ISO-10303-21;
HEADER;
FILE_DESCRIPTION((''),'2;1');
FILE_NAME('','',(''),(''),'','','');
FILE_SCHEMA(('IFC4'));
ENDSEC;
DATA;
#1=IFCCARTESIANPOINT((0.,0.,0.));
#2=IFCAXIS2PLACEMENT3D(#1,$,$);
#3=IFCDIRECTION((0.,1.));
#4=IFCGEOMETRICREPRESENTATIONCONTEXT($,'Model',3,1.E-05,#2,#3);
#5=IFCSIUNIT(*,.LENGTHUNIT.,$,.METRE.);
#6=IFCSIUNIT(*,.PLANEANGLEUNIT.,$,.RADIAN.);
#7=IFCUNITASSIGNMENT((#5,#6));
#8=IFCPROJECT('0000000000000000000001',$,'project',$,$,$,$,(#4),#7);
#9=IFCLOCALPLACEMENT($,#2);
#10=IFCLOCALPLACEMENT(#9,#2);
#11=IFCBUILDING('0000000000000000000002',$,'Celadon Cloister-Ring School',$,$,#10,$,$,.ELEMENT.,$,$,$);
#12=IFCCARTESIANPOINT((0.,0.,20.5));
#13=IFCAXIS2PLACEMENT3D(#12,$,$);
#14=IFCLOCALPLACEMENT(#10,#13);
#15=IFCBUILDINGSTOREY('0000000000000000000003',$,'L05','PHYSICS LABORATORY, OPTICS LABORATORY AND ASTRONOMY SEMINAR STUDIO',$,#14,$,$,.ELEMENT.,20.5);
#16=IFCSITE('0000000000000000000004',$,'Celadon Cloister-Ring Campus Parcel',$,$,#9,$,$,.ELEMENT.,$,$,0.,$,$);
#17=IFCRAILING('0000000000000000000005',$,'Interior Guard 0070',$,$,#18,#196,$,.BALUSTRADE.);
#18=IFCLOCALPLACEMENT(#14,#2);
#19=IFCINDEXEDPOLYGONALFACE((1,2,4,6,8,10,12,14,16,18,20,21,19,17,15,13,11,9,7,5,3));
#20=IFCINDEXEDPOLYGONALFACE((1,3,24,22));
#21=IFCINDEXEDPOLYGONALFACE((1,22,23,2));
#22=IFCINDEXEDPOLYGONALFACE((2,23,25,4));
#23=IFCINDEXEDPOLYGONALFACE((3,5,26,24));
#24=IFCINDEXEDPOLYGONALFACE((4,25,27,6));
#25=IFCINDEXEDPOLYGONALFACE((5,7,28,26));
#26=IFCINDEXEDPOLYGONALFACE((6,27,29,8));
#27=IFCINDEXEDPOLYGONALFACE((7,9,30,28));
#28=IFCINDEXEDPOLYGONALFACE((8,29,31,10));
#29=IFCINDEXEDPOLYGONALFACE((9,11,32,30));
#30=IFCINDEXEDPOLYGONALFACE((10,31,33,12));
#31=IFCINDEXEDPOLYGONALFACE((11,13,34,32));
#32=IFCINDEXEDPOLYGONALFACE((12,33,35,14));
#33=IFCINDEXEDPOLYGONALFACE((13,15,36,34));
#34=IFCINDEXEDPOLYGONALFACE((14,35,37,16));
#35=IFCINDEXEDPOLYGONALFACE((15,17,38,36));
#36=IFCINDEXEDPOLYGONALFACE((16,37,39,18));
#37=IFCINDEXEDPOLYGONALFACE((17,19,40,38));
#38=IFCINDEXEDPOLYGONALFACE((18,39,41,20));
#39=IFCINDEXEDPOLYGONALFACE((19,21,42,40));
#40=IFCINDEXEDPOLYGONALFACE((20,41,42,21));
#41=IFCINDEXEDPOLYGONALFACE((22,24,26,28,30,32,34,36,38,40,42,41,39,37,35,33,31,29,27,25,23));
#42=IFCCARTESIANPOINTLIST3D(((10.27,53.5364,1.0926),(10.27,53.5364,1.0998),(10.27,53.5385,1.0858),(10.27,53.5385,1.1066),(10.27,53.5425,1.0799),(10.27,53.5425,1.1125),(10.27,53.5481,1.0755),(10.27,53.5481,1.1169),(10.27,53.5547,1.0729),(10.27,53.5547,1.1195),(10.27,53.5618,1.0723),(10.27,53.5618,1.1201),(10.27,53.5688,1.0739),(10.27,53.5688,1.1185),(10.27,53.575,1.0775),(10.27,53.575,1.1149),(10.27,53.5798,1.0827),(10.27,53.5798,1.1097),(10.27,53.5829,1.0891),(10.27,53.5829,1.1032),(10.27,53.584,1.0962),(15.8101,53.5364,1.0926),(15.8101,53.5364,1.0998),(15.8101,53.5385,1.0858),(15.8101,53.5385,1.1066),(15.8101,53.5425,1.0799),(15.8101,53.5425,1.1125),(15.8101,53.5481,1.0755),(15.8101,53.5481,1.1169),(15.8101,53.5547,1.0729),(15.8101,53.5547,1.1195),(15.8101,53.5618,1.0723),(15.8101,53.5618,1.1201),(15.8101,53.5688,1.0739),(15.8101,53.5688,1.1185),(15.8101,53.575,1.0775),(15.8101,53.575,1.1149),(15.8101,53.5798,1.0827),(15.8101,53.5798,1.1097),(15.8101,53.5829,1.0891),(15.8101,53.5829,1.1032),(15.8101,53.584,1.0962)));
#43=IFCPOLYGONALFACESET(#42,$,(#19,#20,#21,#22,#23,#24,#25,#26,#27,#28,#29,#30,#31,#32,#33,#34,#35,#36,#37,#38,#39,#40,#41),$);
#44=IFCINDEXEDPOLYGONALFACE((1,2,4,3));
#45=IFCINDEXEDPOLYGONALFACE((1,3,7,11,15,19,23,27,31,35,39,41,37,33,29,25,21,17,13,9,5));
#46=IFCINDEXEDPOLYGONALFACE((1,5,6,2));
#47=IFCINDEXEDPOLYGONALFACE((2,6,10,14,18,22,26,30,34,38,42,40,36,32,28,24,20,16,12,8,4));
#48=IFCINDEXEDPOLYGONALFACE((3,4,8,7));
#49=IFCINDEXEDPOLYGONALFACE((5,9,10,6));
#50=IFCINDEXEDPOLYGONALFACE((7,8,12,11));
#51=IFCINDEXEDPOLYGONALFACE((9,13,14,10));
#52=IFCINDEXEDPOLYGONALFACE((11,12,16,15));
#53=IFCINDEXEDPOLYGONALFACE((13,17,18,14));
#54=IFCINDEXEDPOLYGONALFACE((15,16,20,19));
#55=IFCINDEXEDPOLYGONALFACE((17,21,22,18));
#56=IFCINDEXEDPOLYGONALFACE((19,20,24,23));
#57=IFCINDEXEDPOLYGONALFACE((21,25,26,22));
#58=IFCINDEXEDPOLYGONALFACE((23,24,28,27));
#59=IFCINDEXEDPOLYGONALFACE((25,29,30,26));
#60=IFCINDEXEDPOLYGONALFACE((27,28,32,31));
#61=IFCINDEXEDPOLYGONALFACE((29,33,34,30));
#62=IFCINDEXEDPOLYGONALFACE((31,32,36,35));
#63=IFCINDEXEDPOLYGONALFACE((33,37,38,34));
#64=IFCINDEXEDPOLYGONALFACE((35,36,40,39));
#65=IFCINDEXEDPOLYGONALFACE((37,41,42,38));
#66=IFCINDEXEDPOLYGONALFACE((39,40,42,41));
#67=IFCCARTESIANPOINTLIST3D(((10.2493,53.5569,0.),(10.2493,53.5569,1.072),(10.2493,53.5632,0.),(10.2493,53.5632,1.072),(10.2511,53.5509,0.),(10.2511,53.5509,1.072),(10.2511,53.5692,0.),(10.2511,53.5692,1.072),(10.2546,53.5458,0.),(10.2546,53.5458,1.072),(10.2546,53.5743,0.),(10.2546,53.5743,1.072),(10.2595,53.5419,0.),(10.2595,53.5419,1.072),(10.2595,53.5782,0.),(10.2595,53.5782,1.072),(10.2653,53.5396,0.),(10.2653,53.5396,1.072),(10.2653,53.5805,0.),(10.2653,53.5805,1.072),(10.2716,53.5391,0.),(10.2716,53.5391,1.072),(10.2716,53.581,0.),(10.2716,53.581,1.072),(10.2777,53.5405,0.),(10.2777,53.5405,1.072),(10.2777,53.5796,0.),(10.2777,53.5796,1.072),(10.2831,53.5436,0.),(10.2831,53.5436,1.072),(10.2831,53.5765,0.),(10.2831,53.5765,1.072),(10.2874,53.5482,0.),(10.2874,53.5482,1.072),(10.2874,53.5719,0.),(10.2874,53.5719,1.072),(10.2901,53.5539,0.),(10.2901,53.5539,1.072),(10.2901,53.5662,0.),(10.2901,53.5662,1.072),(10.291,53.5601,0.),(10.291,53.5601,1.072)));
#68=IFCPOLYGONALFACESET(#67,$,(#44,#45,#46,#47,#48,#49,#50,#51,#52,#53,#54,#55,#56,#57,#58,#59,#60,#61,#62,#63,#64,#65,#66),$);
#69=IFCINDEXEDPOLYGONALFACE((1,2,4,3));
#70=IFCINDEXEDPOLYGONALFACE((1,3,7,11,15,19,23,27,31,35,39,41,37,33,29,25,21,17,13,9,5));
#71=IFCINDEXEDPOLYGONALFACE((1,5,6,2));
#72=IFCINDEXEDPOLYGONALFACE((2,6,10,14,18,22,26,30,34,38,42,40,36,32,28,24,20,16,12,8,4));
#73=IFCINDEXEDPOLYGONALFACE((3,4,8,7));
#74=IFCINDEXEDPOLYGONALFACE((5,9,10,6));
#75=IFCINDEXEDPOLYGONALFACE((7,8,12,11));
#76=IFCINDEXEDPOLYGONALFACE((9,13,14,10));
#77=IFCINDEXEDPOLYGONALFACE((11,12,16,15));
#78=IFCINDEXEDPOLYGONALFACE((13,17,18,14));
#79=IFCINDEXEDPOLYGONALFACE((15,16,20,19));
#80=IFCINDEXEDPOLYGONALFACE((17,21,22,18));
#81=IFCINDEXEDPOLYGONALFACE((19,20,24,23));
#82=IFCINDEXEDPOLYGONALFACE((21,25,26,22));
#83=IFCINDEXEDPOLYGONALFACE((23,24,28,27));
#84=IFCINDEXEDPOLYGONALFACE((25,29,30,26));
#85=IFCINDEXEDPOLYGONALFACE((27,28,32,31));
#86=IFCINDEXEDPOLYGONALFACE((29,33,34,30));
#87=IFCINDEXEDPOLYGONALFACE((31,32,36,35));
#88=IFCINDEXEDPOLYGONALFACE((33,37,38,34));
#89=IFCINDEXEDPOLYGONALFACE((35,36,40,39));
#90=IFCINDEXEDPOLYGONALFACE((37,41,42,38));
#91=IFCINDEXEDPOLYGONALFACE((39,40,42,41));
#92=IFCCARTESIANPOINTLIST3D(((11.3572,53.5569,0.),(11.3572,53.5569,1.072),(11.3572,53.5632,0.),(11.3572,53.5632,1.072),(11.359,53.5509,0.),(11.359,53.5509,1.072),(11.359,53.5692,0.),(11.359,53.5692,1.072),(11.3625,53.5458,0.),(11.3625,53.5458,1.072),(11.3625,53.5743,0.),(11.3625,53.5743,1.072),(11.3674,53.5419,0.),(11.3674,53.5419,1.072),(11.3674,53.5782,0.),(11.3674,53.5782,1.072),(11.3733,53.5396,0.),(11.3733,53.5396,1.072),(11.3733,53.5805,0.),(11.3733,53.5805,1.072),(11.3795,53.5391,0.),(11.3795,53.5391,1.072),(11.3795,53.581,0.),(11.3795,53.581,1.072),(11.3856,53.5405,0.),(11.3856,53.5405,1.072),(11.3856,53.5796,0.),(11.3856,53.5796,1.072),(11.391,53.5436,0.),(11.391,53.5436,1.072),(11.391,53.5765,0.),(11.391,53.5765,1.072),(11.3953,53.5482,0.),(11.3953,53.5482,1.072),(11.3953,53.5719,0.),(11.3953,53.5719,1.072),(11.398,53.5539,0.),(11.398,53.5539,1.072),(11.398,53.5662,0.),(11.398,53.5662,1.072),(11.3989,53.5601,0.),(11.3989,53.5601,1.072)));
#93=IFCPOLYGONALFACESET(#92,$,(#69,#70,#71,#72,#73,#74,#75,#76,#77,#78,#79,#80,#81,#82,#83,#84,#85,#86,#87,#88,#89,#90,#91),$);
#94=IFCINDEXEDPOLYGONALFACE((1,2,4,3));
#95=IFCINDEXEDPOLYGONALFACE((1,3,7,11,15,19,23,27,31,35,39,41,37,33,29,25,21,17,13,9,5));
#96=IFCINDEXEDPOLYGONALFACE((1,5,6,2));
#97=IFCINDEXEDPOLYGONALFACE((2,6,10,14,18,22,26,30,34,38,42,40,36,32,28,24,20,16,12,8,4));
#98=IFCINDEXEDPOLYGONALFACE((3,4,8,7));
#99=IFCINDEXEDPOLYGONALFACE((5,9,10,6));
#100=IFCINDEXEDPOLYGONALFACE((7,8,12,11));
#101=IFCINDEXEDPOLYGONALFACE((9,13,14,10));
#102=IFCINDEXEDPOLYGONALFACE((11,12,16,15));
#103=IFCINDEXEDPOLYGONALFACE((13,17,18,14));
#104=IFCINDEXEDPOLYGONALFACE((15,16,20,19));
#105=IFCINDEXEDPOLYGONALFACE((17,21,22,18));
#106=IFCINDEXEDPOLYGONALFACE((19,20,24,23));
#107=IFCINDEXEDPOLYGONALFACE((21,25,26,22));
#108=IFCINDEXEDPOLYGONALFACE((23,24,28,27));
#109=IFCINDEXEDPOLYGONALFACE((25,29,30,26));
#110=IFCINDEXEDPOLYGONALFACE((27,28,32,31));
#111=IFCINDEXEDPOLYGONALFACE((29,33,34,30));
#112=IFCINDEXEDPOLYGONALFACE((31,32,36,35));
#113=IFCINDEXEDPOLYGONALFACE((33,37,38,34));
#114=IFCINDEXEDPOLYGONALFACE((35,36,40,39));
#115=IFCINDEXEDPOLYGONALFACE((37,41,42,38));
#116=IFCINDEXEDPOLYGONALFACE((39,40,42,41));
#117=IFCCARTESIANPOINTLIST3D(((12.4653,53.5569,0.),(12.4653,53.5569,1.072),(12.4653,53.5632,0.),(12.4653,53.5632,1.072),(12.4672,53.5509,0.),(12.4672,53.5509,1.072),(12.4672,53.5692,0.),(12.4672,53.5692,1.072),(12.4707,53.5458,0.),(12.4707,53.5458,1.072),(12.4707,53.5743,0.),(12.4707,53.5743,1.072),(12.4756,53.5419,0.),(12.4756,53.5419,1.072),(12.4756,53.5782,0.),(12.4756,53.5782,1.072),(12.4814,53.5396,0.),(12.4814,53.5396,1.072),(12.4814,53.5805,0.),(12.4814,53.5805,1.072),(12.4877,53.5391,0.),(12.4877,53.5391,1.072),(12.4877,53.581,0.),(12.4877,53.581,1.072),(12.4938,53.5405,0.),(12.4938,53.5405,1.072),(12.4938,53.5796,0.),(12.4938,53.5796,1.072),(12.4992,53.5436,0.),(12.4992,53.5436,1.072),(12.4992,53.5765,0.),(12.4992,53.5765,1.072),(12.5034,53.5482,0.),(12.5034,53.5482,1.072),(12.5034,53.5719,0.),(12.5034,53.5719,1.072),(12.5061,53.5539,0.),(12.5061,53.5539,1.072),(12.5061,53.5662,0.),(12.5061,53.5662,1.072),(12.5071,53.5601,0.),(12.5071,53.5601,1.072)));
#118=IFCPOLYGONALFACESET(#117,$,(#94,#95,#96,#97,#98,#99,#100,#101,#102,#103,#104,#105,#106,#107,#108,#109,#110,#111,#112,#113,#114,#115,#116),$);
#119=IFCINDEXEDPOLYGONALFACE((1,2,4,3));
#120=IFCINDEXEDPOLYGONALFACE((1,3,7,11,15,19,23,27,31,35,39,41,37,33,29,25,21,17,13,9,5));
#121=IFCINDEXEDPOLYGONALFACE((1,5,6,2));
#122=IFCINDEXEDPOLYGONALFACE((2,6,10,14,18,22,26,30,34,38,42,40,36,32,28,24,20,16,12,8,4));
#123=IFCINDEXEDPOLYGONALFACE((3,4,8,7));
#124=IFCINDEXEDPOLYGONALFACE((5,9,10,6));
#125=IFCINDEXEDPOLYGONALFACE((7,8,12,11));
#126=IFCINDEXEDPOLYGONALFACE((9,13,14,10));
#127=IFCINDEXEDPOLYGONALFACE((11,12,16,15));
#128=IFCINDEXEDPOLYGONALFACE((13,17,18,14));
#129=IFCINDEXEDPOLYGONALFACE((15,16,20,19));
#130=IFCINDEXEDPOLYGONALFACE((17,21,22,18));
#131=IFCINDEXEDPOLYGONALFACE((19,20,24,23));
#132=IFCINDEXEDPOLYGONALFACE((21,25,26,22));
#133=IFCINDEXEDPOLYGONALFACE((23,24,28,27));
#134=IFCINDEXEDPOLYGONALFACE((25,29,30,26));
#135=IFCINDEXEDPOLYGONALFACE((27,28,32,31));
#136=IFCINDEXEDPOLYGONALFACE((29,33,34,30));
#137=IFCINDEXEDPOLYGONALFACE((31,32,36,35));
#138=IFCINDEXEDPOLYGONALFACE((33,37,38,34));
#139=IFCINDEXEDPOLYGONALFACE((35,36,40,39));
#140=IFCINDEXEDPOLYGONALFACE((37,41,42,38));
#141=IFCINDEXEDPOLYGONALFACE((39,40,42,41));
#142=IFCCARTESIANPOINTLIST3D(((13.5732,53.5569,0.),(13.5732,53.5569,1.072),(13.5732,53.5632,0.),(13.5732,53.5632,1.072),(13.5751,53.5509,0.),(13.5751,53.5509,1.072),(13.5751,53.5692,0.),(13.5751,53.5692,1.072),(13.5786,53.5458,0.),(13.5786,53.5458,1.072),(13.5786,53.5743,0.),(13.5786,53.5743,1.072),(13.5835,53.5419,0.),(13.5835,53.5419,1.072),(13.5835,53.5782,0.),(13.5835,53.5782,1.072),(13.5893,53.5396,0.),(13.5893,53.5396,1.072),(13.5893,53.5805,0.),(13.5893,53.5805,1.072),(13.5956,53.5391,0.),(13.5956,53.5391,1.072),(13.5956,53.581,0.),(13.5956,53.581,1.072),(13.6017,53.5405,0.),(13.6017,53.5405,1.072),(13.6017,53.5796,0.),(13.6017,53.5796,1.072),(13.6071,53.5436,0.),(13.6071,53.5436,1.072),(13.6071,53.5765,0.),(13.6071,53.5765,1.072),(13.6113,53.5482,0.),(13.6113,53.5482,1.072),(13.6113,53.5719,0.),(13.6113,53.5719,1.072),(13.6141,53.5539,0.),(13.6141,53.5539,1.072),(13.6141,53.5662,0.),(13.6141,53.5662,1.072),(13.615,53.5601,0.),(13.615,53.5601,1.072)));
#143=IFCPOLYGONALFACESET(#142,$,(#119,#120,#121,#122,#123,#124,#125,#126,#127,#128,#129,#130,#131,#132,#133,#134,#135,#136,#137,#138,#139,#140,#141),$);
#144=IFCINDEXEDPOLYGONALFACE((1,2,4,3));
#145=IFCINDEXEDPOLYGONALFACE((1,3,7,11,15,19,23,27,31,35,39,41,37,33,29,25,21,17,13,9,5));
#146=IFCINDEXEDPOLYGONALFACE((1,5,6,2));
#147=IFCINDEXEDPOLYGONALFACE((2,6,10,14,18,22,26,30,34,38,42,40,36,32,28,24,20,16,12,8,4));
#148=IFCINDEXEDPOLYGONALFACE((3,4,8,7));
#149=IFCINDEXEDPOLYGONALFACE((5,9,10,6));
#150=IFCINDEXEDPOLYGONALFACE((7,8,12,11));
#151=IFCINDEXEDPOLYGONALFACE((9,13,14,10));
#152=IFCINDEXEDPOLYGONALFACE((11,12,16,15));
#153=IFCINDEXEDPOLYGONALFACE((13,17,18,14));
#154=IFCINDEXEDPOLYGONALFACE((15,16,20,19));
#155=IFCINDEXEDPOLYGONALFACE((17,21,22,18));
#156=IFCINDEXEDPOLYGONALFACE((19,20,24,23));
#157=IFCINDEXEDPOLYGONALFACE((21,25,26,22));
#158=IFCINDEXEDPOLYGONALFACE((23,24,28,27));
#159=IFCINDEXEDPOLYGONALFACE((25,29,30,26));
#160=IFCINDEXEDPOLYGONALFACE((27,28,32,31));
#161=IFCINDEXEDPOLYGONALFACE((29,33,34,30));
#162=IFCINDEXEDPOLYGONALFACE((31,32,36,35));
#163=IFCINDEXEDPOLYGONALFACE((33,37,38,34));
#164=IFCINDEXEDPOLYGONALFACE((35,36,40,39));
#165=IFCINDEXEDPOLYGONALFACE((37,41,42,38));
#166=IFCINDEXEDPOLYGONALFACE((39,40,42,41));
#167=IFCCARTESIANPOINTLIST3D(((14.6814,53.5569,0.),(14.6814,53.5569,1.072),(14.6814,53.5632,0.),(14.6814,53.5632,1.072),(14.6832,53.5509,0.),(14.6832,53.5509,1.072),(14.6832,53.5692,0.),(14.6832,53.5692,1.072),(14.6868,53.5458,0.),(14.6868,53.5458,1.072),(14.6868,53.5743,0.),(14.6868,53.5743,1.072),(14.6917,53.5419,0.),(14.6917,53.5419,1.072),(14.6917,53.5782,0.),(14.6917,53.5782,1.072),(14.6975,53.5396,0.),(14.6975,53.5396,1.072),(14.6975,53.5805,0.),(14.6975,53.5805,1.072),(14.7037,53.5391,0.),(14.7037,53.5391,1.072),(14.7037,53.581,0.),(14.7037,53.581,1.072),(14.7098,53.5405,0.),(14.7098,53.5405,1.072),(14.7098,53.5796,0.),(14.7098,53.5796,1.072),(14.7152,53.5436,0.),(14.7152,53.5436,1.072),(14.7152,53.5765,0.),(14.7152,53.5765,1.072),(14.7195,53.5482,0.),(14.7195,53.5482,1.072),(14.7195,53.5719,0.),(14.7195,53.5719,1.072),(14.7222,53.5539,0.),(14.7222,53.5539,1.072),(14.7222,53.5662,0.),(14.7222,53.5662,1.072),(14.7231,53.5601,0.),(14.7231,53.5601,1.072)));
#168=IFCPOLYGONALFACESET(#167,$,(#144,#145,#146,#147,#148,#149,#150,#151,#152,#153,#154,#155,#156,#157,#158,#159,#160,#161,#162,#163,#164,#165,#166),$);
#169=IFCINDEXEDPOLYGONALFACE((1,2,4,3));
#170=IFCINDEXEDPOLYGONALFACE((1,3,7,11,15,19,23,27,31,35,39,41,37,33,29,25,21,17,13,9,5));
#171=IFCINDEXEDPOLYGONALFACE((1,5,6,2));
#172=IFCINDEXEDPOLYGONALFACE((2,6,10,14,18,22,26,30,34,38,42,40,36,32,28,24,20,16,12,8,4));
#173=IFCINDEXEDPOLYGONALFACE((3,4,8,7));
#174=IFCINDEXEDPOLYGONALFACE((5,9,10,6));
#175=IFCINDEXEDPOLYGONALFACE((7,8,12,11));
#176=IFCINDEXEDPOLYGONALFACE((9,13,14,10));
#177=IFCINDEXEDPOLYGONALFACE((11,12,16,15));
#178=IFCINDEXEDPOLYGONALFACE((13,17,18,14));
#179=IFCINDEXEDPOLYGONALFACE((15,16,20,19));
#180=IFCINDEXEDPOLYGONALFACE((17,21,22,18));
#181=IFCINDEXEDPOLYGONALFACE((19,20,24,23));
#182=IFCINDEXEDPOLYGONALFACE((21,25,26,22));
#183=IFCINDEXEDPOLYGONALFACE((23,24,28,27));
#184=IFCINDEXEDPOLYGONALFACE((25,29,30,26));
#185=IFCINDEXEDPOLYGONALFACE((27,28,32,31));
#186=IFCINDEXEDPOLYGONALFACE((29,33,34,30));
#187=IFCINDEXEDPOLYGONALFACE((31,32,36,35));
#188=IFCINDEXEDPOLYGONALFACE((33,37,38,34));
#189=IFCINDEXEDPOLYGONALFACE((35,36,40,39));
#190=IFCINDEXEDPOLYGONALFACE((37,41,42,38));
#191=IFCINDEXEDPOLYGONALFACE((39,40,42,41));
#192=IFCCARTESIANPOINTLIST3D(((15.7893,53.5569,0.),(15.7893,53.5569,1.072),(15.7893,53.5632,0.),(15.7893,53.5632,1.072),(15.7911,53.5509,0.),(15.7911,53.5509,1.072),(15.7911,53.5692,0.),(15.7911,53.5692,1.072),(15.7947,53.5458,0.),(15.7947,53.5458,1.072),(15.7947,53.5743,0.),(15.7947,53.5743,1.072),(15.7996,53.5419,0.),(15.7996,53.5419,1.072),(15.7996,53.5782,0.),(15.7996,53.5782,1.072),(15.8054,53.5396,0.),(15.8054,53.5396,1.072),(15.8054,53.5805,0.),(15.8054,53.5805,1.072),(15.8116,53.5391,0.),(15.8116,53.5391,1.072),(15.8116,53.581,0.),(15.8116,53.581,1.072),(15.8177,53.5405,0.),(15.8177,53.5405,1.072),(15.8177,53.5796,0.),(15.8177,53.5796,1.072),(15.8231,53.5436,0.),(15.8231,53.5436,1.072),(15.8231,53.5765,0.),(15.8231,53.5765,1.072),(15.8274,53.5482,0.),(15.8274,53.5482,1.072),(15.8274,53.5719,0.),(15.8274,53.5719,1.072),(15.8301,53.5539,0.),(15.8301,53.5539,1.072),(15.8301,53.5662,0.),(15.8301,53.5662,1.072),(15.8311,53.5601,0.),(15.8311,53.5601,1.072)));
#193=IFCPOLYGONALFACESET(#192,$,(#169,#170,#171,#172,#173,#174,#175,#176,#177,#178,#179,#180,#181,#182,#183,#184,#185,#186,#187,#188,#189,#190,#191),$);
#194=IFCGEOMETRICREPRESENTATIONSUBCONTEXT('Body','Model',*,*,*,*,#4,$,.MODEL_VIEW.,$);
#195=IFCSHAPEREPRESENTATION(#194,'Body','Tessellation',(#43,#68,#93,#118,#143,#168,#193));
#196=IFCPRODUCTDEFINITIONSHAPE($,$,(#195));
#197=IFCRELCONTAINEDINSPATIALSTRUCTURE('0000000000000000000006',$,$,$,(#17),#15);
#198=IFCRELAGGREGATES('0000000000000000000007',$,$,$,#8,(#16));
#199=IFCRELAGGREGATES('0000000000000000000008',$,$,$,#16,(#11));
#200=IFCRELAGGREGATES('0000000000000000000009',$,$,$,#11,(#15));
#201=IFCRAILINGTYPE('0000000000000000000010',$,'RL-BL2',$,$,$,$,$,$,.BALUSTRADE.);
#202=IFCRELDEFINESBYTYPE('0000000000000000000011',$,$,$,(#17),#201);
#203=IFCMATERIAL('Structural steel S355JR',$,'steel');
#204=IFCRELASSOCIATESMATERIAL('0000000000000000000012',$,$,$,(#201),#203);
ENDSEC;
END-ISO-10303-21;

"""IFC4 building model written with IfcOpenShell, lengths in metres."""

from ifc_helpers import new_model, si_unit, direction, frame, origin, origin_2d, place, context, subcontext, project, spatial, circle, extrude, material, type_object, element, save


model = new_model("IFC4")

# Units and contexts
model_context = context("Model", 3, precision=1e-05, world=origin(), true_north=direction((0.0, 1.0)))
body_context = subcontext(model_context, "Body", "Model", "MODEL_VIEW")
ifc_project = project(units=[si_unit("LENGTHUNIT", "METRE"), si_unit("PLANEANGLEUNIT", "RADIAN")], contexts=[model_context])

# Site, building, storey
site_placement = place(None, origin())
site = spatial("IfcSite", under=ifc_project, at=site_placement, Name="Celadon Cloister-Ring Campus Parcel", CompositionType="ELEMENT", RefElevation=0.0)
building_placement = place(site_placement, origin())
building = spatial("IfcBuilding", under=site, at=building_placement, Name="Celadon Cloister-Ring School", CompositionType="ELEMENT")
storey_placement = place(building_placement, frame((0.0, 0.0, 20.5)))
storey = spatial("IfcBuildingStorey", under=building, at=storey_placement, Name="L05", Description="PHYSICS LABORATORY, OPTICS LABORATORY AND ASTRONOMY SEMINAR STUDIO", CompositionType="ELEMENT", Elevation=20.5)

# Railing
ifc_material_1 = material(Name="Structural steel S355JR", Category="steel")
railing_type = type_object("IfcRailingType", Name="RL-BL2", PredefinedType="BALUSTRADE", material=ifc_material_1)
railing_1_placement = place(storey_placement, frame((10.27, 53.5601, 0.0)))
element("IfcRailing", 1, at=railing_1_placement, inside=storey, type_object=railing_type, Name="Interior Guard 0070", PredefinedType="BALUSTRADE", context=body_context, shape_type="SweptSolid", body=[
    extrude(circle(Radius=0.0239, at=origin_2d()), frame((0.0, 0.0, 1.0962), z_axis=(1.0, 0.0, 0.0), x_axis=(0.0, 1.0, 0.0)), (0.0, 0.0, 1.0), 5.54),
    extrude(circle(Radius=0.021, at=origin_2d()), origin(), (0.0, 0.0, 1.0), 1.072),
    extrude(circle(Radius=0.021, at=origin_2d()), frame((1.1079, 0.0, 0.0)), (0.0, 0.0, 1.0), 1.072),
    extrude(circle(Radius=0.021, at=origin_2d()), frame((2.2161, 0.0, 0.0)), (0.0, 0.0, 1.0), 1.072),
    extrude(circle(Radius=0.021, at=origin_2d()), frame((3.324, 0.0, 0.0)), (0.0, 0.0, 1.0), 1.072),
    extrude(circle(Radius=0.021, at=origin_2d()), frame((4.4321, 0.0, 0.0)), (0.0, 0.0, 1.0), 1.072),
    extrude(circle(Radius=0.021, at=origin_2d()), frame((5.54, 0.0, 0.0)), (0.0, 0.0, 1.0), 1.072),
])

save(model, "model.ifc")
